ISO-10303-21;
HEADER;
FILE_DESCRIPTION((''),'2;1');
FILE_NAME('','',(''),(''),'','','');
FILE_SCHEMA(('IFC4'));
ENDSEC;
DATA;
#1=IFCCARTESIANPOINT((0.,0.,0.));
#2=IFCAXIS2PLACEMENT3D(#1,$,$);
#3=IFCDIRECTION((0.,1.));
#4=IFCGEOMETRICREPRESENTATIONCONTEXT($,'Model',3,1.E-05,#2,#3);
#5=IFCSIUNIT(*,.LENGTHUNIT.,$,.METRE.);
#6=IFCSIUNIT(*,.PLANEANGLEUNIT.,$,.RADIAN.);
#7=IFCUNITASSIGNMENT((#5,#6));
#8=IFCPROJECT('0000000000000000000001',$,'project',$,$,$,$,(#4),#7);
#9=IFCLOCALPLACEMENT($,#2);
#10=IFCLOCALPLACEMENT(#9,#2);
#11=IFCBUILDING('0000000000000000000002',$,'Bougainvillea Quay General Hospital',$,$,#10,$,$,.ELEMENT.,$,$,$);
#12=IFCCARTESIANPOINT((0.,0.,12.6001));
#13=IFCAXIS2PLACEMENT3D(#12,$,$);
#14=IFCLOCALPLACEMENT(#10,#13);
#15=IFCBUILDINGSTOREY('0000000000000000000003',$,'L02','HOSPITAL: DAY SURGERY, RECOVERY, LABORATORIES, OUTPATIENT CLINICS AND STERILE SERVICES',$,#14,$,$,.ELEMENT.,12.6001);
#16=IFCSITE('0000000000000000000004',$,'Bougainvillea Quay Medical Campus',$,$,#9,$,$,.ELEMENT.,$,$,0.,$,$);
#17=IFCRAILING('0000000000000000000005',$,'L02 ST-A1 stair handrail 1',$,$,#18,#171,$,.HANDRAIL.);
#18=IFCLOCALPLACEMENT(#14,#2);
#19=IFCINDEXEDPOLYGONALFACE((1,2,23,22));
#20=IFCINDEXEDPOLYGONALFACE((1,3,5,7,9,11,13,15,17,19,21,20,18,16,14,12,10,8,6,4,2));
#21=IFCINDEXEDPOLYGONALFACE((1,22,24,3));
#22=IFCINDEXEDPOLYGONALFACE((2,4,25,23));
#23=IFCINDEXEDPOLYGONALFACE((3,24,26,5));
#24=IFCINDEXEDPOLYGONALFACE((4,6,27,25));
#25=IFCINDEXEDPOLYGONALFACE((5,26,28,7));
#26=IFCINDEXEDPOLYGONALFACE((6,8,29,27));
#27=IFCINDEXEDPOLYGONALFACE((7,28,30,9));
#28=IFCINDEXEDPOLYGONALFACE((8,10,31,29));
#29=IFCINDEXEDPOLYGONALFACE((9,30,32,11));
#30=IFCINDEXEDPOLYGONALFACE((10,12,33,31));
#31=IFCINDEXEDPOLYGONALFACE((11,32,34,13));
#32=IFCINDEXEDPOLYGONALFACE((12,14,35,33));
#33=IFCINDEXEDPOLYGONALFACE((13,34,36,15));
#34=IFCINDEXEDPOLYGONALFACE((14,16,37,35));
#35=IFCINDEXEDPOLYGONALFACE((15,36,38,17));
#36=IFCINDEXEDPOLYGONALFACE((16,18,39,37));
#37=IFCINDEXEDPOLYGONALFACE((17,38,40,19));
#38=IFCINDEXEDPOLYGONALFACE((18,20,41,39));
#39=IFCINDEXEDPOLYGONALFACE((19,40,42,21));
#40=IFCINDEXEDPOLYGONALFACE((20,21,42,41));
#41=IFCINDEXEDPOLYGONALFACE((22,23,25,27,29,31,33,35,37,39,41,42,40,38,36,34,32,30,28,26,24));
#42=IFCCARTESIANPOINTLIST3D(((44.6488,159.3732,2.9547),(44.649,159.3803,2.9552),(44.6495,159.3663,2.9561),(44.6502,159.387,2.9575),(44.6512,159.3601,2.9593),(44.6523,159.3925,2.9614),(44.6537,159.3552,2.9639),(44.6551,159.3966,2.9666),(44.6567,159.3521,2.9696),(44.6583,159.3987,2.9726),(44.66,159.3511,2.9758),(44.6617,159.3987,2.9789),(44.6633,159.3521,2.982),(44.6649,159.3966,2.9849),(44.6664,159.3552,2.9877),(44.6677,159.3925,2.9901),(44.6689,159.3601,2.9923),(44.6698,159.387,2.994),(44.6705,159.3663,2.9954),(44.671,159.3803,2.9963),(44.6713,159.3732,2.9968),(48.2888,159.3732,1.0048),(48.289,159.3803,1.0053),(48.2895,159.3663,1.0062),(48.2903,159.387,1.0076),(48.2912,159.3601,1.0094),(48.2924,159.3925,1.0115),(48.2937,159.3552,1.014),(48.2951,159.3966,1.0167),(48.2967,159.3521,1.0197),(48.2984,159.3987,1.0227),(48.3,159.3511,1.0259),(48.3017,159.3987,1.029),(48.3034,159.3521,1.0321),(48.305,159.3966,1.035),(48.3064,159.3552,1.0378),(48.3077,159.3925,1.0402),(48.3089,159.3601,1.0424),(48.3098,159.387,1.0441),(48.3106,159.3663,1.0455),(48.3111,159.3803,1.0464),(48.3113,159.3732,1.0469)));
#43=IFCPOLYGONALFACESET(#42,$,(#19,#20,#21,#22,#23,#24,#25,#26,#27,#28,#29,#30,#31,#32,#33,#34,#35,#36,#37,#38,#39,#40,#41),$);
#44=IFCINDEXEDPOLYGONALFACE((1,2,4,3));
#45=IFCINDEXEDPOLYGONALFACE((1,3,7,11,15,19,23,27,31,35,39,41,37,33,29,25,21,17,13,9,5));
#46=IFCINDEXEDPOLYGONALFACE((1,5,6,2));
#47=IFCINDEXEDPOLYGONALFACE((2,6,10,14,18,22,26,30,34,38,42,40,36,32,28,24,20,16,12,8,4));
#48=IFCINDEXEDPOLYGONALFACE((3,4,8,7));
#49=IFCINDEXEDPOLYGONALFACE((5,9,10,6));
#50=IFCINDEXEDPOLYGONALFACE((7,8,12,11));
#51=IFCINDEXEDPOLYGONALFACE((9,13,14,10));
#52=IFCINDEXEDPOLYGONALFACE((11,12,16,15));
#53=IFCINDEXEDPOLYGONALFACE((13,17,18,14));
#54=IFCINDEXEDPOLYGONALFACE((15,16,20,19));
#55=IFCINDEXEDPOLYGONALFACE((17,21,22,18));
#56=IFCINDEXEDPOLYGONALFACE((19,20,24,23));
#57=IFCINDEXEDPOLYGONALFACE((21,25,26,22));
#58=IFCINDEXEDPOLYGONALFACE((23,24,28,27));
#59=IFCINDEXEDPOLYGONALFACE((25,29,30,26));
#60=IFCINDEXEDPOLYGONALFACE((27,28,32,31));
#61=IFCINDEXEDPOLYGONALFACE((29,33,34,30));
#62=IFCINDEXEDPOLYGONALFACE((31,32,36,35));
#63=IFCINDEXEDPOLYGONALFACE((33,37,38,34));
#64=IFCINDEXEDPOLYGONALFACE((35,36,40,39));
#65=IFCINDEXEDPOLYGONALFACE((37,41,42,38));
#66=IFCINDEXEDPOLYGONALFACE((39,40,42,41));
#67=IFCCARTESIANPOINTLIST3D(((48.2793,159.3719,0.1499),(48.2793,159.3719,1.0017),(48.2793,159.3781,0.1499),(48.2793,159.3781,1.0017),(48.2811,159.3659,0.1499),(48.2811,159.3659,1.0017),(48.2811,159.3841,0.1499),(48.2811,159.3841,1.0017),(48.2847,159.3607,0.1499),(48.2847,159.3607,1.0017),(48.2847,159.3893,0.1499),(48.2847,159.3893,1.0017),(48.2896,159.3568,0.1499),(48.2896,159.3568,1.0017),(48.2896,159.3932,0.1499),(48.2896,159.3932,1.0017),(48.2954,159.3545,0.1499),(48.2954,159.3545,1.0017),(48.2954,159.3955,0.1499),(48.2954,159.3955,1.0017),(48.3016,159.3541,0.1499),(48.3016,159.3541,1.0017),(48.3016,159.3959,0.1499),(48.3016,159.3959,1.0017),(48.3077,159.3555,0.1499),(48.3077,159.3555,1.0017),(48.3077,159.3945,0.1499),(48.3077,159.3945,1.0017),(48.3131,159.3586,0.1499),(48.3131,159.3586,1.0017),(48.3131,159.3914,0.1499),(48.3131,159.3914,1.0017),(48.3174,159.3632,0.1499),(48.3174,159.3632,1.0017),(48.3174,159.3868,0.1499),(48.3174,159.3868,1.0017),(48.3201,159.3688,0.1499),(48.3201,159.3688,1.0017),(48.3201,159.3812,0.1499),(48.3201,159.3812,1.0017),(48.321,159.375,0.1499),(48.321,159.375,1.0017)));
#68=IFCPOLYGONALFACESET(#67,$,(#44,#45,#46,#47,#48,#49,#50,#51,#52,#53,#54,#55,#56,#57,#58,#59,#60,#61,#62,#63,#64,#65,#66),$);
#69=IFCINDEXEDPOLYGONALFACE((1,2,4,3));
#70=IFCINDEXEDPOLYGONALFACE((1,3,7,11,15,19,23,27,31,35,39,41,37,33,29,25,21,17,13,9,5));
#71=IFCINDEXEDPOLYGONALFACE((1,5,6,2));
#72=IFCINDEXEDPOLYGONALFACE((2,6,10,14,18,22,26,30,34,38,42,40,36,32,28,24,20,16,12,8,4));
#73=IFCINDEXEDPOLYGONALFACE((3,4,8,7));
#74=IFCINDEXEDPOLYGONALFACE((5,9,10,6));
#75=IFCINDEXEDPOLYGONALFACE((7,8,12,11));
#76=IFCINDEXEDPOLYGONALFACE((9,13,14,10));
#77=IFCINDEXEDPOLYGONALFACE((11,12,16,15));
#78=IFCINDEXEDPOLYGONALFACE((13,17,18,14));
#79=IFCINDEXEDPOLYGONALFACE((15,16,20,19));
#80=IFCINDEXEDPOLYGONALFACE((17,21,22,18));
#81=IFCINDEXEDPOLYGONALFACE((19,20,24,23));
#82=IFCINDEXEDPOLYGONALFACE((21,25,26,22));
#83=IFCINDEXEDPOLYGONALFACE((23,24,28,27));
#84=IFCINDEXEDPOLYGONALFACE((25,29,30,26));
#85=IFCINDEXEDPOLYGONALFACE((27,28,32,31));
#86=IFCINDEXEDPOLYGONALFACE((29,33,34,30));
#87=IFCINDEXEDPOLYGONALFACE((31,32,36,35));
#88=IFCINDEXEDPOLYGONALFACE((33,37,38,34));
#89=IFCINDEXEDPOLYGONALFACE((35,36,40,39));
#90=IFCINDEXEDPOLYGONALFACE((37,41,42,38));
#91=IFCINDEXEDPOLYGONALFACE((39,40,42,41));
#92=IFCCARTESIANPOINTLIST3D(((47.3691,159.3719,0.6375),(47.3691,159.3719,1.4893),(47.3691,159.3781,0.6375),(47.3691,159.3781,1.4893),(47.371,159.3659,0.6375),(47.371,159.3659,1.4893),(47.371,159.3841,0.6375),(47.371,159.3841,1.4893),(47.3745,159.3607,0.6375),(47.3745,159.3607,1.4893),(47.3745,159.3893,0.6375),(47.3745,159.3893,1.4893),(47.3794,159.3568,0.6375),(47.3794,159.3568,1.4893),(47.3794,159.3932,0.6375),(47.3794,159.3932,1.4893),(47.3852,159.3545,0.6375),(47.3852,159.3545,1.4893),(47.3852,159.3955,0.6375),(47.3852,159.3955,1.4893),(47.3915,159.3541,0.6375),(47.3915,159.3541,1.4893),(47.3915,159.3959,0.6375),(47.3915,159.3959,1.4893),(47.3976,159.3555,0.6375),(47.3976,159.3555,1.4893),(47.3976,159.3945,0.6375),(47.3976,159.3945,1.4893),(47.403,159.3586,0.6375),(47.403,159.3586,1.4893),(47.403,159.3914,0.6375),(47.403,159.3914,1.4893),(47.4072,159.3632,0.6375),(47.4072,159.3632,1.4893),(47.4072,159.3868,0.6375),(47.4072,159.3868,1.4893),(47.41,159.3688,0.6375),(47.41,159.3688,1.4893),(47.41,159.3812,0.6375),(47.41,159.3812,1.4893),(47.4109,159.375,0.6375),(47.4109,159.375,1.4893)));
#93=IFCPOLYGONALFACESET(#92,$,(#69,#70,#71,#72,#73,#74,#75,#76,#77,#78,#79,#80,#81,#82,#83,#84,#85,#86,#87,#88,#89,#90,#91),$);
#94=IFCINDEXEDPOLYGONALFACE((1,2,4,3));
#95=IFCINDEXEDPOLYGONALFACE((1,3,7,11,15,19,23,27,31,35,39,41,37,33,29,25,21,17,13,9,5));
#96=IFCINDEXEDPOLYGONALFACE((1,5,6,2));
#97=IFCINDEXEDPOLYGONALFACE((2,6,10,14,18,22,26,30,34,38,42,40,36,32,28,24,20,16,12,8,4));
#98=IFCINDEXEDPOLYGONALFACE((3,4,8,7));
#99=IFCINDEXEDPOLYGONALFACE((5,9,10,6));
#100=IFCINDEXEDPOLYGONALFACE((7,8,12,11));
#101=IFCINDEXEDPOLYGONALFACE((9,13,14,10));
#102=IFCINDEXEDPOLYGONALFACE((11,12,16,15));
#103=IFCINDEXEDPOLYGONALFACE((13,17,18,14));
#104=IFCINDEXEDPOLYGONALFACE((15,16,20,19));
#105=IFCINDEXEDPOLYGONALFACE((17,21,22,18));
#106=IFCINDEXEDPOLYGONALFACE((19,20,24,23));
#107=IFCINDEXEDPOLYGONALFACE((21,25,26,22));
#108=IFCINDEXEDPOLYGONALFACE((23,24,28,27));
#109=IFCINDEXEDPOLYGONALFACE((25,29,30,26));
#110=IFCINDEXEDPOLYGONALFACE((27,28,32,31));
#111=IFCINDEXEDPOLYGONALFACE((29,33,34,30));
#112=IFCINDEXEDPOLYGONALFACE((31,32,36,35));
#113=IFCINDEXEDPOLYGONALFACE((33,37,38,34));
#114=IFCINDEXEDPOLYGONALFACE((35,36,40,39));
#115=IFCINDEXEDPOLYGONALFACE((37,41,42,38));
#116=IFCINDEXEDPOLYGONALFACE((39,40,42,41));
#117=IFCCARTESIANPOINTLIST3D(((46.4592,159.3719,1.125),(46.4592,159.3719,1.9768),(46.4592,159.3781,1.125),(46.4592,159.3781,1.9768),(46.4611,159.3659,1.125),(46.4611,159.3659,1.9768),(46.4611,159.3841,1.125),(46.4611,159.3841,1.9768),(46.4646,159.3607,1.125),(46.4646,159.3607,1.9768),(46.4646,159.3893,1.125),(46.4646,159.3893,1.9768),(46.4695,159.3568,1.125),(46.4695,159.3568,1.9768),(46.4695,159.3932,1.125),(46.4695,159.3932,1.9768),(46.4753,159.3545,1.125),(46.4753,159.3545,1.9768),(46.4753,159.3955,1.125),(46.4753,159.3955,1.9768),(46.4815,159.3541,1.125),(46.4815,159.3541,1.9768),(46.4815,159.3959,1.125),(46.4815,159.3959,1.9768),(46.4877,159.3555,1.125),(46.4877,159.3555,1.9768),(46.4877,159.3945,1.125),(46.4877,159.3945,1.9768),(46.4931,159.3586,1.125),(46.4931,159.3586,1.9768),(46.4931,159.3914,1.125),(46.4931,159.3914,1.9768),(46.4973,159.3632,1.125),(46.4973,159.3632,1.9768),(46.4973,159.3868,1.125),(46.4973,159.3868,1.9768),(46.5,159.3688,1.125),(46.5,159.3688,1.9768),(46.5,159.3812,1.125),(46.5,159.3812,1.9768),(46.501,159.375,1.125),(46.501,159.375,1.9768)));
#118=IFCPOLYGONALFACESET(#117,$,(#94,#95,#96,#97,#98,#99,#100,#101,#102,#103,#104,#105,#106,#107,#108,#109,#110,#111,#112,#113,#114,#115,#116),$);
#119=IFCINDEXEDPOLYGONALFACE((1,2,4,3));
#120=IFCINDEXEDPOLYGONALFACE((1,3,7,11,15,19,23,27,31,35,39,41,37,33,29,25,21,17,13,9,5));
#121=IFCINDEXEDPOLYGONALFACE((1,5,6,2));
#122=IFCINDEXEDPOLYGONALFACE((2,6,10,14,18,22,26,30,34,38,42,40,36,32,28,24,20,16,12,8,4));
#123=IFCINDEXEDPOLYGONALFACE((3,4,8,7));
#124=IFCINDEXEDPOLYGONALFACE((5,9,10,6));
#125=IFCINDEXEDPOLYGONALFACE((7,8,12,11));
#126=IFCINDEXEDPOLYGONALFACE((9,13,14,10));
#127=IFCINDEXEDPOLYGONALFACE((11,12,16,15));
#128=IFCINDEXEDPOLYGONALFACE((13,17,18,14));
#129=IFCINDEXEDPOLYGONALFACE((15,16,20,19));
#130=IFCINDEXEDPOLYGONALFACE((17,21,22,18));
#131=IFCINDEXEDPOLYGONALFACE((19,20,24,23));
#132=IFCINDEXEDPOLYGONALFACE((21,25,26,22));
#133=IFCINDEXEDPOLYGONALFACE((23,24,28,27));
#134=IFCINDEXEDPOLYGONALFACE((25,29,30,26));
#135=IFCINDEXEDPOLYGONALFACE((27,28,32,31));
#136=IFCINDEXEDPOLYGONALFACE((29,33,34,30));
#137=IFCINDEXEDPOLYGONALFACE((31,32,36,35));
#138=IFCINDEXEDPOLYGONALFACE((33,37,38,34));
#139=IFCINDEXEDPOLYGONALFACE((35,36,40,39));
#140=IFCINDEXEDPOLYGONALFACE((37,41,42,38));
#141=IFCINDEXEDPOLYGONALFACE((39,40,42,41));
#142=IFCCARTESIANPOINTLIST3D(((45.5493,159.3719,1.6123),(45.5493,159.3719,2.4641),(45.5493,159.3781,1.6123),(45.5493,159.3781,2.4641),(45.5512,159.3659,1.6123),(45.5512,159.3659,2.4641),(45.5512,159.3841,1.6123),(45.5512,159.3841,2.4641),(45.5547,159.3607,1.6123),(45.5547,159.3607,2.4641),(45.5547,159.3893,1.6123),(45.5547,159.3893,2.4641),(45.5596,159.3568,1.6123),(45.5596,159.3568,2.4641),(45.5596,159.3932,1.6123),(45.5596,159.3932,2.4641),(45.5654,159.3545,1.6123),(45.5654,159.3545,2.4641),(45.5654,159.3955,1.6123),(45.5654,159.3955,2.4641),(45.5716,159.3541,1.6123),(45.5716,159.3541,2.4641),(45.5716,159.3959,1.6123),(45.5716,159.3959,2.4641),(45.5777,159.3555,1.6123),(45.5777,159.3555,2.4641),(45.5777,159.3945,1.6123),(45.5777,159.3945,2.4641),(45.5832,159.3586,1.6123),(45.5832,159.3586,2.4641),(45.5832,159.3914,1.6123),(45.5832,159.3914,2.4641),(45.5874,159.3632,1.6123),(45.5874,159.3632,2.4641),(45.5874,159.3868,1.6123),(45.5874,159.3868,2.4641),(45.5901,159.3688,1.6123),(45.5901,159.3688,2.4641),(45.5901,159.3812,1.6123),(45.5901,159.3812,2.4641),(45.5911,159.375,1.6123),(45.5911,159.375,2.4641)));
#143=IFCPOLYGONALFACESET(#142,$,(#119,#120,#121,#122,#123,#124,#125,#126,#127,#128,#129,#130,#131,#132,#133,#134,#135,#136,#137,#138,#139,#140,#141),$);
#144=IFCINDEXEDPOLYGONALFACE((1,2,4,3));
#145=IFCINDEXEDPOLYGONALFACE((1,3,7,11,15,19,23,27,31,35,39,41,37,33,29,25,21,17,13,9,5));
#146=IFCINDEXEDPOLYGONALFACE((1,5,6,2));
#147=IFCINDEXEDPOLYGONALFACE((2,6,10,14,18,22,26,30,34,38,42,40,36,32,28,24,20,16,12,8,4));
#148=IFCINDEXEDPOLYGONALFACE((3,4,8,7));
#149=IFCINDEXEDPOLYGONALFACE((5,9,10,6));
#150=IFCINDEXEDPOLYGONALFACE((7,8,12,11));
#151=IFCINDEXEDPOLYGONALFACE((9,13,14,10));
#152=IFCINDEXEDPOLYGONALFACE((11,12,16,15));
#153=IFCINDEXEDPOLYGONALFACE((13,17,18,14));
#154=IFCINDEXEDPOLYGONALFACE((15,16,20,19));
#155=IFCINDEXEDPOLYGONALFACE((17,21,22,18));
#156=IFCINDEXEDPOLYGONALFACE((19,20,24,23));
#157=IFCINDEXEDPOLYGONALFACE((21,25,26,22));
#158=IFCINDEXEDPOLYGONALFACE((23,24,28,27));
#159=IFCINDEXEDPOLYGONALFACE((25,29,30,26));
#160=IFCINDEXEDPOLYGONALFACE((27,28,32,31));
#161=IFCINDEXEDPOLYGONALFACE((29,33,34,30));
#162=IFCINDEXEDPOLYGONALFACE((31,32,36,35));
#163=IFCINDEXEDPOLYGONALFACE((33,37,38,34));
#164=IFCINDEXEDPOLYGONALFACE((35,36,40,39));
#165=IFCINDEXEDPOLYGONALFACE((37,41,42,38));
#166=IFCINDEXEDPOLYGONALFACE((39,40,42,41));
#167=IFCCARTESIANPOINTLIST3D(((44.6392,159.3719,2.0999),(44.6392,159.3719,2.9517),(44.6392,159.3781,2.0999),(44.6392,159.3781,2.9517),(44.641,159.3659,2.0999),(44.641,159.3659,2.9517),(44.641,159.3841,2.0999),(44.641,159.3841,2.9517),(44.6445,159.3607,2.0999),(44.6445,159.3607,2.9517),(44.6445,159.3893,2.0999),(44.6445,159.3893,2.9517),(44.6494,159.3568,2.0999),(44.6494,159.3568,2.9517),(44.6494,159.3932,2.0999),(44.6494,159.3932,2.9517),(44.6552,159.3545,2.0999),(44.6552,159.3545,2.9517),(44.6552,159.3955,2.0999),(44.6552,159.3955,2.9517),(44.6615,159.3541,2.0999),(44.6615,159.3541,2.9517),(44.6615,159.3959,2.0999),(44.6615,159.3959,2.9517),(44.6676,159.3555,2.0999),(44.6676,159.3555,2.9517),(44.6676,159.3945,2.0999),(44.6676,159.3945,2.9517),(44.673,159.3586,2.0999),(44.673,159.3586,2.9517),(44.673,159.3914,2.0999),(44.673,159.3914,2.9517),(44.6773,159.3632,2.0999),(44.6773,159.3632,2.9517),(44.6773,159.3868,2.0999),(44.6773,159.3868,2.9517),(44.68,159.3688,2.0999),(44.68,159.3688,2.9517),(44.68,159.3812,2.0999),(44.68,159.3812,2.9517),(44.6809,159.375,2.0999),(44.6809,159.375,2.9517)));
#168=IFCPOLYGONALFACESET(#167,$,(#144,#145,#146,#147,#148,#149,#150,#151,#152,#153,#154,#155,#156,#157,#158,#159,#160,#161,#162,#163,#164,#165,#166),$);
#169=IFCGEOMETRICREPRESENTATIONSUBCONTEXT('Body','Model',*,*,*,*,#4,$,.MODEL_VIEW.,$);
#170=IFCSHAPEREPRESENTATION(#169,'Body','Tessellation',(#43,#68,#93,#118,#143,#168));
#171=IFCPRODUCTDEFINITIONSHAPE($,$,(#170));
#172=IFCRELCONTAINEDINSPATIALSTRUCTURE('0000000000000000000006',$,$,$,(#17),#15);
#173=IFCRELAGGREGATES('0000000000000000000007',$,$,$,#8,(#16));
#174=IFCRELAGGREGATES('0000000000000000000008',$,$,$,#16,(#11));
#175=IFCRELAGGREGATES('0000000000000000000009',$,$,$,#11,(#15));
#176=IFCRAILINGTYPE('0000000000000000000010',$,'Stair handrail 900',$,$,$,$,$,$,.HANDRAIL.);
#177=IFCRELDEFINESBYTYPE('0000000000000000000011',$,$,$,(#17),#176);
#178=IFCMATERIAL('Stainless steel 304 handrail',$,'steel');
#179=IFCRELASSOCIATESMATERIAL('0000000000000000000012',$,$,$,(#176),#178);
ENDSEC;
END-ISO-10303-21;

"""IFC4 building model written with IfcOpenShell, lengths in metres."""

from ifc_helpers import new_model, si_unit, direction, frame, origin, origin_2d, place, context, subcontext, project, spatial, circle, extrude, material, type_object, element, save


model = new_model("IFC4")

# Units and contexts
model_context = context("Model", 3, precision=1e-05, world=origin(), true_north=direction((0.0, 1.0)))
body_context = subcontext(model_context, "Body", "Model", "MODEL_VIEW")
ifc_project = project(units=[si_unit("LENGTHUNIT", "METRE"), si_unit("PLANEANGLEUNIT", "RADIAN")], contexts=[model_context])

# Site, building, storey
site_placement = place(None, origin())
site = spatial("IfcSite", under=ifc_project, at=site_placement, Name="Bougainvillea Quay Medical Campus", CompositionType="ELEMENT", RefElevation=0.0)
building_placement = place(site_placement, origin())
building = spatial("IfcBuilding", under=site, at=building_placement, Name="Bougainvillea Quay General Hospital", CompositionType="ELEMENT")
storey_placement = place(building_placement, frame((0.0, 0.0, 12.6001)))
storey = spatial("IfcBuildingStorey", under=building, at=storey_placement, Name="L02", Description="HOSPITAL: DAY SURGERY, RECOVERY, LABORATORIES, OUTPATIENT CLINICS AND STERILE SERVICES", CompositionType="ELEMENT", Elevation=12.6001)

# Railing
ifc_material_1 = material(Name="Stainless steel 304 handrail", Category="steel")
railing_type_1 = type_object("IfcRailingType", Name="Stair handrail 900", PredefinedType="HANDRAIL", material=ifc_material_1)
railing_1_placement = place(storey_placement, frame((48.3, 159.375, 0.1499)))
element("IfcRailing", 1, at=railing_1_placement, inside=storey, type_object=railing_type_1, Name="L02 ST-A1 stair handrail 1", PredefinedType="HANDRAIL", context=body_context, shape_type="SweptSolid", body=[
    extrude(circle(Radius=0.0239, at=origin_2d()), frame((0.0, 0.0, 0.876), z_axis=(-0.881492, 0.0, 0.472198), x_axis=(0.0, -1.0, 0.0)), (0.0, 0.0, 1.0), 4.1294),
    extrude(circle(Radius=0.021, at=origin_2d()), origin(), (0.0, 0.0, 1.0), 0.8518),
    extrude(circle(Radius=0.021, at=origin_2d()), frame((-0.9102, 0.0, 0.4875)), (0.0, 0.0, 1.0), 0.8518),
    extrude(circle(Radius=0.021, at=origin_2d()), frame((-1.8201, 0.0, 0.9751)), (0.0, 0.0, 1.0), 0.8518),
    extrude(circle(Radius=0.021, at=origin_2d()), frame((-2.73, 0.0, 1.4624)), (0.0, 0.0, 1.0), 0.8518),
    extrude(circle(Radius=0.021, at=origin_2d()), frame((-3.6401, 0.0, 1.95)), (0.0, 0.0, 1.0), 0.8518),
])

save(model, "model.ifc")
